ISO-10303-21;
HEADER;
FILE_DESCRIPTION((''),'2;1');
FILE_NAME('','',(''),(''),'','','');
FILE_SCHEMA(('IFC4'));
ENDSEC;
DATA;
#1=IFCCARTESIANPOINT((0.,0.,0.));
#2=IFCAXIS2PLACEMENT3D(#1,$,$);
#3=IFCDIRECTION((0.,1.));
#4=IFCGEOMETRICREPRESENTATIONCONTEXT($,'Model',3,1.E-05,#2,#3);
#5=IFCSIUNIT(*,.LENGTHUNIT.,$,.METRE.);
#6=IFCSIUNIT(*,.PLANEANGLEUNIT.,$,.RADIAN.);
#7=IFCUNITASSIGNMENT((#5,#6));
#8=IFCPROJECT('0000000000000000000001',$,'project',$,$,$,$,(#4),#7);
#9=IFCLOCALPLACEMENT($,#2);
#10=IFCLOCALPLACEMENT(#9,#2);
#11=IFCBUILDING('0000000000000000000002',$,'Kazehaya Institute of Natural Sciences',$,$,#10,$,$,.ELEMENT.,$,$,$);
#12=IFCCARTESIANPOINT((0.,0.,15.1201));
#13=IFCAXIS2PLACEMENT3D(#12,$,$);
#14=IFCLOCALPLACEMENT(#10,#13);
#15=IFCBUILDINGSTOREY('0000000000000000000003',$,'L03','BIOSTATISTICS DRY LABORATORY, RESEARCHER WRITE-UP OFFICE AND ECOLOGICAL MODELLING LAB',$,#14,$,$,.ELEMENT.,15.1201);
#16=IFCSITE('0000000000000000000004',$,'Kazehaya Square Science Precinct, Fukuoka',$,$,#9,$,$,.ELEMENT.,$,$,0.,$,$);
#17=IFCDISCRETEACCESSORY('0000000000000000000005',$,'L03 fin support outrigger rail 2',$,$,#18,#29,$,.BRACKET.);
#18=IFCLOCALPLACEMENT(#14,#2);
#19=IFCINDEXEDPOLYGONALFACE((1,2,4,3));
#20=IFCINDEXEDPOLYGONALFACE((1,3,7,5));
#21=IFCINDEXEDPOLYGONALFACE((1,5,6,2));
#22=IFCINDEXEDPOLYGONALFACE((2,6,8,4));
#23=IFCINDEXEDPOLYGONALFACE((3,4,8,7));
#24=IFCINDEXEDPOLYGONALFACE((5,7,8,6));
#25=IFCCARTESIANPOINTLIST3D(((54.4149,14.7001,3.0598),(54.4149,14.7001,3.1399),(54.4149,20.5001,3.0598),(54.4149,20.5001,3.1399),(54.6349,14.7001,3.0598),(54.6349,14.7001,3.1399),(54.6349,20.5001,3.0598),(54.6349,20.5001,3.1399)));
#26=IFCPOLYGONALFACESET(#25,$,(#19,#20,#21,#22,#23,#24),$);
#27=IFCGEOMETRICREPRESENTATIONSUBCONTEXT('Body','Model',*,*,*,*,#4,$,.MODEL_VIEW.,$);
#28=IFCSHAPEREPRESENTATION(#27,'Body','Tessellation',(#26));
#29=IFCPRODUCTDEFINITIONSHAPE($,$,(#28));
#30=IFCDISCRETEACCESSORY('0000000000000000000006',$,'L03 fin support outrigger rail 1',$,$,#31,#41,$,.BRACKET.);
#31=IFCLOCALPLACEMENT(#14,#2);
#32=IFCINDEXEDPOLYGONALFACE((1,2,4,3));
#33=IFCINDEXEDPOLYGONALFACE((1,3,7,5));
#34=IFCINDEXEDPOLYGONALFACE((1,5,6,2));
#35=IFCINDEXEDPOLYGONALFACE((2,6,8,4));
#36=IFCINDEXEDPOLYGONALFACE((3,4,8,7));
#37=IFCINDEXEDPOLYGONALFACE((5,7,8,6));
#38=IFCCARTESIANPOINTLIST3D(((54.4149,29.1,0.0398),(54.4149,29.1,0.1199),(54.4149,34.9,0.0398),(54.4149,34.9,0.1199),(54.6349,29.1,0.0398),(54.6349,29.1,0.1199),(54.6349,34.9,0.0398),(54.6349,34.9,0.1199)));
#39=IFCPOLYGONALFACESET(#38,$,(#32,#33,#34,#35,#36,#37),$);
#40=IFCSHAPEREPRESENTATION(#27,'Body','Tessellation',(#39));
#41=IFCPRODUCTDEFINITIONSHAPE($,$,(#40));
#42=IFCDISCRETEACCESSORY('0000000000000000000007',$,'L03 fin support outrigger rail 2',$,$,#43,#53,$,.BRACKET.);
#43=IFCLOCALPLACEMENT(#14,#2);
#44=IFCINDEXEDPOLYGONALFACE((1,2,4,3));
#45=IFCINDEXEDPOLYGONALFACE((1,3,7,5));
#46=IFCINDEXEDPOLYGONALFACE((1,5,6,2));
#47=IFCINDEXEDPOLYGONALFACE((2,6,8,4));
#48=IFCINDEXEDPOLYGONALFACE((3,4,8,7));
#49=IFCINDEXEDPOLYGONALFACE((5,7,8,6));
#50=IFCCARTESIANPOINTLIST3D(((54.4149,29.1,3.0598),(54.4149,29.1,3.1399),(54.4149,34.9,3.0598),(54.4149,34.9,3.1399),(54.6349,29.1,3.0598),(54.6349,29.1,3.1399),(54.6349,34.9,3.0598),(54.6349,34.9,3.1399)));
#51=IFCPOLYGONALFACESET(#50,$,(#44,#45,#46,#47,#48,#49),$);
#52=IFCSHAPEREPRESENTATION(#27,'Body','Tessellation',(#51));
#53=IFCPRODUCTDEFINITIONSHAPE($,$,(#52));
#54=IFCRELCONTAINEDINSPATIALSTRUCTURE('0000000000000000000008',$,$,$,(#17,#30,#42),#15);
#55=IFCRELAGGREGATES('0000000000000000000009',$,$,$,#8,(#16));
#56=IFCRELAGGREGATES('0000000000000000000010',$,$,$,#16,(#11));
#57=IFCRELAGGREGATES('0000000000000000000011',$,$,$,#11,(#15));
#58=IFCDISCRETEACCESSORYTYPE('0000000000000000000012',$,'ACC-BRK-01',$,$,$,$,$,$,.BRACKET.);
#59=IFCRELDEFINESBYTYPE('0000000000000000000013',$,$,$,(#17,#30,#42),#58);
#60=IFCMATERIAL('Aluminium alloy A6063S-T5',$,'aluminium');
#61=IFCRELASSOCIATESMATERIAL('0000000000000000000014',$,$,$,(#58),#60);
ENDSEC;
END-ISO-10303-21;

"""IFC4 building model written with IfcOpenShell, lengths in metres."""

from ifc_helpers import new_model, si_unit, direction, frame, origin, origin_2d, place, context, subcontext, project, spatial, rectangle, extrude, material, type_object, element, save


model = new_model("IFC4")

# Units and contexts
model_context = context("Model", 3, precision=1e-05, world=origin(), true_north=direction((0.0, 1.0)))
body_context = subcontext(model_context, "Body", "Model", "MODEL_VIEW")
ifc_project = project(units=[si_unit("LENGTHUNIT", "METRE"), si_unit("PLANEANGLEUNIT", "RADIAN")], contexts=[model_context])

# Site, building, storey
site_placement = place(None, origin())
site = spatial("IfcSite", under=ifc_project, at=site_placement, Name="Kazehaya Square Science Precinct, Fukuoka", CompositionType="ELEMENT", RefElevation=0.0)
building_placement = place(site_placement, origin())
building = spatial("IfcBuilding", under=site, at=building_placement, Name="Kazehaya Institute of Natural Sciences", CompositionType="ELEMENT")
storey_placement = place(building_placement, frame((0.0, 0.0, 15.1201)))
storey = spatial("IfcBuildingStorey", under=building, at=storey_placement, Name="L03", Description="BIOSTATISTICS DRY LABORATORY, RESEARCHER WRITE-UP OFFICE AND ECOLOGICAL MODELLING LAB", CompositionType="ELEMENT", Elevation=15.1201)

# Shared definitions
ifc_material_1 = material(Name="Aluminium alloy A6063S-T5", Category="aluminium")

# Discrete accessories
discrete_accessory_type = type_object("IfcDiscreteAccessoryType", Name="ACC-BRK-01", PredefinedType="BRACKET", material=ifc_material_1)
for number, where, z_axis, x_axis, name in (
    (1, (54.5249, 17.6001, 3.0598), (0.0, 0.0, 1.0), (0.0, 1.0, 0.0), "L03 fin support outrigger rail 2"),
    (2, (54.5249, 32.0, 0.0398), (0.0, 0.0, 1.0), (0.0, 1.0, 0.0), "L03 fin support outrigger rail 1"),
    (3, (54.5249, 32.0, 3.0598), (0.0, 0.0, 1.0), (0.0, 1.0, 0.0), "L03 fin support outrigger rail 2"),
):
    element("IfcDiscreteAccessory", number, at=place(storey_placement, frame(where, z_axis=z_axis, x_axis=x_axis)), inside=storey, type_object=discrete_accessory_type, Name=name, PredefinedType="BRACKET", context=body_context, shape_type="SweptSolid", body=[
        extrude(rectangle(XDim=5.8, YDim=0.22, at=origin_2d()), origin(), (0.0, 0.0, 1.0), 0.0801),
    ])

save(model, "model.ifc")
